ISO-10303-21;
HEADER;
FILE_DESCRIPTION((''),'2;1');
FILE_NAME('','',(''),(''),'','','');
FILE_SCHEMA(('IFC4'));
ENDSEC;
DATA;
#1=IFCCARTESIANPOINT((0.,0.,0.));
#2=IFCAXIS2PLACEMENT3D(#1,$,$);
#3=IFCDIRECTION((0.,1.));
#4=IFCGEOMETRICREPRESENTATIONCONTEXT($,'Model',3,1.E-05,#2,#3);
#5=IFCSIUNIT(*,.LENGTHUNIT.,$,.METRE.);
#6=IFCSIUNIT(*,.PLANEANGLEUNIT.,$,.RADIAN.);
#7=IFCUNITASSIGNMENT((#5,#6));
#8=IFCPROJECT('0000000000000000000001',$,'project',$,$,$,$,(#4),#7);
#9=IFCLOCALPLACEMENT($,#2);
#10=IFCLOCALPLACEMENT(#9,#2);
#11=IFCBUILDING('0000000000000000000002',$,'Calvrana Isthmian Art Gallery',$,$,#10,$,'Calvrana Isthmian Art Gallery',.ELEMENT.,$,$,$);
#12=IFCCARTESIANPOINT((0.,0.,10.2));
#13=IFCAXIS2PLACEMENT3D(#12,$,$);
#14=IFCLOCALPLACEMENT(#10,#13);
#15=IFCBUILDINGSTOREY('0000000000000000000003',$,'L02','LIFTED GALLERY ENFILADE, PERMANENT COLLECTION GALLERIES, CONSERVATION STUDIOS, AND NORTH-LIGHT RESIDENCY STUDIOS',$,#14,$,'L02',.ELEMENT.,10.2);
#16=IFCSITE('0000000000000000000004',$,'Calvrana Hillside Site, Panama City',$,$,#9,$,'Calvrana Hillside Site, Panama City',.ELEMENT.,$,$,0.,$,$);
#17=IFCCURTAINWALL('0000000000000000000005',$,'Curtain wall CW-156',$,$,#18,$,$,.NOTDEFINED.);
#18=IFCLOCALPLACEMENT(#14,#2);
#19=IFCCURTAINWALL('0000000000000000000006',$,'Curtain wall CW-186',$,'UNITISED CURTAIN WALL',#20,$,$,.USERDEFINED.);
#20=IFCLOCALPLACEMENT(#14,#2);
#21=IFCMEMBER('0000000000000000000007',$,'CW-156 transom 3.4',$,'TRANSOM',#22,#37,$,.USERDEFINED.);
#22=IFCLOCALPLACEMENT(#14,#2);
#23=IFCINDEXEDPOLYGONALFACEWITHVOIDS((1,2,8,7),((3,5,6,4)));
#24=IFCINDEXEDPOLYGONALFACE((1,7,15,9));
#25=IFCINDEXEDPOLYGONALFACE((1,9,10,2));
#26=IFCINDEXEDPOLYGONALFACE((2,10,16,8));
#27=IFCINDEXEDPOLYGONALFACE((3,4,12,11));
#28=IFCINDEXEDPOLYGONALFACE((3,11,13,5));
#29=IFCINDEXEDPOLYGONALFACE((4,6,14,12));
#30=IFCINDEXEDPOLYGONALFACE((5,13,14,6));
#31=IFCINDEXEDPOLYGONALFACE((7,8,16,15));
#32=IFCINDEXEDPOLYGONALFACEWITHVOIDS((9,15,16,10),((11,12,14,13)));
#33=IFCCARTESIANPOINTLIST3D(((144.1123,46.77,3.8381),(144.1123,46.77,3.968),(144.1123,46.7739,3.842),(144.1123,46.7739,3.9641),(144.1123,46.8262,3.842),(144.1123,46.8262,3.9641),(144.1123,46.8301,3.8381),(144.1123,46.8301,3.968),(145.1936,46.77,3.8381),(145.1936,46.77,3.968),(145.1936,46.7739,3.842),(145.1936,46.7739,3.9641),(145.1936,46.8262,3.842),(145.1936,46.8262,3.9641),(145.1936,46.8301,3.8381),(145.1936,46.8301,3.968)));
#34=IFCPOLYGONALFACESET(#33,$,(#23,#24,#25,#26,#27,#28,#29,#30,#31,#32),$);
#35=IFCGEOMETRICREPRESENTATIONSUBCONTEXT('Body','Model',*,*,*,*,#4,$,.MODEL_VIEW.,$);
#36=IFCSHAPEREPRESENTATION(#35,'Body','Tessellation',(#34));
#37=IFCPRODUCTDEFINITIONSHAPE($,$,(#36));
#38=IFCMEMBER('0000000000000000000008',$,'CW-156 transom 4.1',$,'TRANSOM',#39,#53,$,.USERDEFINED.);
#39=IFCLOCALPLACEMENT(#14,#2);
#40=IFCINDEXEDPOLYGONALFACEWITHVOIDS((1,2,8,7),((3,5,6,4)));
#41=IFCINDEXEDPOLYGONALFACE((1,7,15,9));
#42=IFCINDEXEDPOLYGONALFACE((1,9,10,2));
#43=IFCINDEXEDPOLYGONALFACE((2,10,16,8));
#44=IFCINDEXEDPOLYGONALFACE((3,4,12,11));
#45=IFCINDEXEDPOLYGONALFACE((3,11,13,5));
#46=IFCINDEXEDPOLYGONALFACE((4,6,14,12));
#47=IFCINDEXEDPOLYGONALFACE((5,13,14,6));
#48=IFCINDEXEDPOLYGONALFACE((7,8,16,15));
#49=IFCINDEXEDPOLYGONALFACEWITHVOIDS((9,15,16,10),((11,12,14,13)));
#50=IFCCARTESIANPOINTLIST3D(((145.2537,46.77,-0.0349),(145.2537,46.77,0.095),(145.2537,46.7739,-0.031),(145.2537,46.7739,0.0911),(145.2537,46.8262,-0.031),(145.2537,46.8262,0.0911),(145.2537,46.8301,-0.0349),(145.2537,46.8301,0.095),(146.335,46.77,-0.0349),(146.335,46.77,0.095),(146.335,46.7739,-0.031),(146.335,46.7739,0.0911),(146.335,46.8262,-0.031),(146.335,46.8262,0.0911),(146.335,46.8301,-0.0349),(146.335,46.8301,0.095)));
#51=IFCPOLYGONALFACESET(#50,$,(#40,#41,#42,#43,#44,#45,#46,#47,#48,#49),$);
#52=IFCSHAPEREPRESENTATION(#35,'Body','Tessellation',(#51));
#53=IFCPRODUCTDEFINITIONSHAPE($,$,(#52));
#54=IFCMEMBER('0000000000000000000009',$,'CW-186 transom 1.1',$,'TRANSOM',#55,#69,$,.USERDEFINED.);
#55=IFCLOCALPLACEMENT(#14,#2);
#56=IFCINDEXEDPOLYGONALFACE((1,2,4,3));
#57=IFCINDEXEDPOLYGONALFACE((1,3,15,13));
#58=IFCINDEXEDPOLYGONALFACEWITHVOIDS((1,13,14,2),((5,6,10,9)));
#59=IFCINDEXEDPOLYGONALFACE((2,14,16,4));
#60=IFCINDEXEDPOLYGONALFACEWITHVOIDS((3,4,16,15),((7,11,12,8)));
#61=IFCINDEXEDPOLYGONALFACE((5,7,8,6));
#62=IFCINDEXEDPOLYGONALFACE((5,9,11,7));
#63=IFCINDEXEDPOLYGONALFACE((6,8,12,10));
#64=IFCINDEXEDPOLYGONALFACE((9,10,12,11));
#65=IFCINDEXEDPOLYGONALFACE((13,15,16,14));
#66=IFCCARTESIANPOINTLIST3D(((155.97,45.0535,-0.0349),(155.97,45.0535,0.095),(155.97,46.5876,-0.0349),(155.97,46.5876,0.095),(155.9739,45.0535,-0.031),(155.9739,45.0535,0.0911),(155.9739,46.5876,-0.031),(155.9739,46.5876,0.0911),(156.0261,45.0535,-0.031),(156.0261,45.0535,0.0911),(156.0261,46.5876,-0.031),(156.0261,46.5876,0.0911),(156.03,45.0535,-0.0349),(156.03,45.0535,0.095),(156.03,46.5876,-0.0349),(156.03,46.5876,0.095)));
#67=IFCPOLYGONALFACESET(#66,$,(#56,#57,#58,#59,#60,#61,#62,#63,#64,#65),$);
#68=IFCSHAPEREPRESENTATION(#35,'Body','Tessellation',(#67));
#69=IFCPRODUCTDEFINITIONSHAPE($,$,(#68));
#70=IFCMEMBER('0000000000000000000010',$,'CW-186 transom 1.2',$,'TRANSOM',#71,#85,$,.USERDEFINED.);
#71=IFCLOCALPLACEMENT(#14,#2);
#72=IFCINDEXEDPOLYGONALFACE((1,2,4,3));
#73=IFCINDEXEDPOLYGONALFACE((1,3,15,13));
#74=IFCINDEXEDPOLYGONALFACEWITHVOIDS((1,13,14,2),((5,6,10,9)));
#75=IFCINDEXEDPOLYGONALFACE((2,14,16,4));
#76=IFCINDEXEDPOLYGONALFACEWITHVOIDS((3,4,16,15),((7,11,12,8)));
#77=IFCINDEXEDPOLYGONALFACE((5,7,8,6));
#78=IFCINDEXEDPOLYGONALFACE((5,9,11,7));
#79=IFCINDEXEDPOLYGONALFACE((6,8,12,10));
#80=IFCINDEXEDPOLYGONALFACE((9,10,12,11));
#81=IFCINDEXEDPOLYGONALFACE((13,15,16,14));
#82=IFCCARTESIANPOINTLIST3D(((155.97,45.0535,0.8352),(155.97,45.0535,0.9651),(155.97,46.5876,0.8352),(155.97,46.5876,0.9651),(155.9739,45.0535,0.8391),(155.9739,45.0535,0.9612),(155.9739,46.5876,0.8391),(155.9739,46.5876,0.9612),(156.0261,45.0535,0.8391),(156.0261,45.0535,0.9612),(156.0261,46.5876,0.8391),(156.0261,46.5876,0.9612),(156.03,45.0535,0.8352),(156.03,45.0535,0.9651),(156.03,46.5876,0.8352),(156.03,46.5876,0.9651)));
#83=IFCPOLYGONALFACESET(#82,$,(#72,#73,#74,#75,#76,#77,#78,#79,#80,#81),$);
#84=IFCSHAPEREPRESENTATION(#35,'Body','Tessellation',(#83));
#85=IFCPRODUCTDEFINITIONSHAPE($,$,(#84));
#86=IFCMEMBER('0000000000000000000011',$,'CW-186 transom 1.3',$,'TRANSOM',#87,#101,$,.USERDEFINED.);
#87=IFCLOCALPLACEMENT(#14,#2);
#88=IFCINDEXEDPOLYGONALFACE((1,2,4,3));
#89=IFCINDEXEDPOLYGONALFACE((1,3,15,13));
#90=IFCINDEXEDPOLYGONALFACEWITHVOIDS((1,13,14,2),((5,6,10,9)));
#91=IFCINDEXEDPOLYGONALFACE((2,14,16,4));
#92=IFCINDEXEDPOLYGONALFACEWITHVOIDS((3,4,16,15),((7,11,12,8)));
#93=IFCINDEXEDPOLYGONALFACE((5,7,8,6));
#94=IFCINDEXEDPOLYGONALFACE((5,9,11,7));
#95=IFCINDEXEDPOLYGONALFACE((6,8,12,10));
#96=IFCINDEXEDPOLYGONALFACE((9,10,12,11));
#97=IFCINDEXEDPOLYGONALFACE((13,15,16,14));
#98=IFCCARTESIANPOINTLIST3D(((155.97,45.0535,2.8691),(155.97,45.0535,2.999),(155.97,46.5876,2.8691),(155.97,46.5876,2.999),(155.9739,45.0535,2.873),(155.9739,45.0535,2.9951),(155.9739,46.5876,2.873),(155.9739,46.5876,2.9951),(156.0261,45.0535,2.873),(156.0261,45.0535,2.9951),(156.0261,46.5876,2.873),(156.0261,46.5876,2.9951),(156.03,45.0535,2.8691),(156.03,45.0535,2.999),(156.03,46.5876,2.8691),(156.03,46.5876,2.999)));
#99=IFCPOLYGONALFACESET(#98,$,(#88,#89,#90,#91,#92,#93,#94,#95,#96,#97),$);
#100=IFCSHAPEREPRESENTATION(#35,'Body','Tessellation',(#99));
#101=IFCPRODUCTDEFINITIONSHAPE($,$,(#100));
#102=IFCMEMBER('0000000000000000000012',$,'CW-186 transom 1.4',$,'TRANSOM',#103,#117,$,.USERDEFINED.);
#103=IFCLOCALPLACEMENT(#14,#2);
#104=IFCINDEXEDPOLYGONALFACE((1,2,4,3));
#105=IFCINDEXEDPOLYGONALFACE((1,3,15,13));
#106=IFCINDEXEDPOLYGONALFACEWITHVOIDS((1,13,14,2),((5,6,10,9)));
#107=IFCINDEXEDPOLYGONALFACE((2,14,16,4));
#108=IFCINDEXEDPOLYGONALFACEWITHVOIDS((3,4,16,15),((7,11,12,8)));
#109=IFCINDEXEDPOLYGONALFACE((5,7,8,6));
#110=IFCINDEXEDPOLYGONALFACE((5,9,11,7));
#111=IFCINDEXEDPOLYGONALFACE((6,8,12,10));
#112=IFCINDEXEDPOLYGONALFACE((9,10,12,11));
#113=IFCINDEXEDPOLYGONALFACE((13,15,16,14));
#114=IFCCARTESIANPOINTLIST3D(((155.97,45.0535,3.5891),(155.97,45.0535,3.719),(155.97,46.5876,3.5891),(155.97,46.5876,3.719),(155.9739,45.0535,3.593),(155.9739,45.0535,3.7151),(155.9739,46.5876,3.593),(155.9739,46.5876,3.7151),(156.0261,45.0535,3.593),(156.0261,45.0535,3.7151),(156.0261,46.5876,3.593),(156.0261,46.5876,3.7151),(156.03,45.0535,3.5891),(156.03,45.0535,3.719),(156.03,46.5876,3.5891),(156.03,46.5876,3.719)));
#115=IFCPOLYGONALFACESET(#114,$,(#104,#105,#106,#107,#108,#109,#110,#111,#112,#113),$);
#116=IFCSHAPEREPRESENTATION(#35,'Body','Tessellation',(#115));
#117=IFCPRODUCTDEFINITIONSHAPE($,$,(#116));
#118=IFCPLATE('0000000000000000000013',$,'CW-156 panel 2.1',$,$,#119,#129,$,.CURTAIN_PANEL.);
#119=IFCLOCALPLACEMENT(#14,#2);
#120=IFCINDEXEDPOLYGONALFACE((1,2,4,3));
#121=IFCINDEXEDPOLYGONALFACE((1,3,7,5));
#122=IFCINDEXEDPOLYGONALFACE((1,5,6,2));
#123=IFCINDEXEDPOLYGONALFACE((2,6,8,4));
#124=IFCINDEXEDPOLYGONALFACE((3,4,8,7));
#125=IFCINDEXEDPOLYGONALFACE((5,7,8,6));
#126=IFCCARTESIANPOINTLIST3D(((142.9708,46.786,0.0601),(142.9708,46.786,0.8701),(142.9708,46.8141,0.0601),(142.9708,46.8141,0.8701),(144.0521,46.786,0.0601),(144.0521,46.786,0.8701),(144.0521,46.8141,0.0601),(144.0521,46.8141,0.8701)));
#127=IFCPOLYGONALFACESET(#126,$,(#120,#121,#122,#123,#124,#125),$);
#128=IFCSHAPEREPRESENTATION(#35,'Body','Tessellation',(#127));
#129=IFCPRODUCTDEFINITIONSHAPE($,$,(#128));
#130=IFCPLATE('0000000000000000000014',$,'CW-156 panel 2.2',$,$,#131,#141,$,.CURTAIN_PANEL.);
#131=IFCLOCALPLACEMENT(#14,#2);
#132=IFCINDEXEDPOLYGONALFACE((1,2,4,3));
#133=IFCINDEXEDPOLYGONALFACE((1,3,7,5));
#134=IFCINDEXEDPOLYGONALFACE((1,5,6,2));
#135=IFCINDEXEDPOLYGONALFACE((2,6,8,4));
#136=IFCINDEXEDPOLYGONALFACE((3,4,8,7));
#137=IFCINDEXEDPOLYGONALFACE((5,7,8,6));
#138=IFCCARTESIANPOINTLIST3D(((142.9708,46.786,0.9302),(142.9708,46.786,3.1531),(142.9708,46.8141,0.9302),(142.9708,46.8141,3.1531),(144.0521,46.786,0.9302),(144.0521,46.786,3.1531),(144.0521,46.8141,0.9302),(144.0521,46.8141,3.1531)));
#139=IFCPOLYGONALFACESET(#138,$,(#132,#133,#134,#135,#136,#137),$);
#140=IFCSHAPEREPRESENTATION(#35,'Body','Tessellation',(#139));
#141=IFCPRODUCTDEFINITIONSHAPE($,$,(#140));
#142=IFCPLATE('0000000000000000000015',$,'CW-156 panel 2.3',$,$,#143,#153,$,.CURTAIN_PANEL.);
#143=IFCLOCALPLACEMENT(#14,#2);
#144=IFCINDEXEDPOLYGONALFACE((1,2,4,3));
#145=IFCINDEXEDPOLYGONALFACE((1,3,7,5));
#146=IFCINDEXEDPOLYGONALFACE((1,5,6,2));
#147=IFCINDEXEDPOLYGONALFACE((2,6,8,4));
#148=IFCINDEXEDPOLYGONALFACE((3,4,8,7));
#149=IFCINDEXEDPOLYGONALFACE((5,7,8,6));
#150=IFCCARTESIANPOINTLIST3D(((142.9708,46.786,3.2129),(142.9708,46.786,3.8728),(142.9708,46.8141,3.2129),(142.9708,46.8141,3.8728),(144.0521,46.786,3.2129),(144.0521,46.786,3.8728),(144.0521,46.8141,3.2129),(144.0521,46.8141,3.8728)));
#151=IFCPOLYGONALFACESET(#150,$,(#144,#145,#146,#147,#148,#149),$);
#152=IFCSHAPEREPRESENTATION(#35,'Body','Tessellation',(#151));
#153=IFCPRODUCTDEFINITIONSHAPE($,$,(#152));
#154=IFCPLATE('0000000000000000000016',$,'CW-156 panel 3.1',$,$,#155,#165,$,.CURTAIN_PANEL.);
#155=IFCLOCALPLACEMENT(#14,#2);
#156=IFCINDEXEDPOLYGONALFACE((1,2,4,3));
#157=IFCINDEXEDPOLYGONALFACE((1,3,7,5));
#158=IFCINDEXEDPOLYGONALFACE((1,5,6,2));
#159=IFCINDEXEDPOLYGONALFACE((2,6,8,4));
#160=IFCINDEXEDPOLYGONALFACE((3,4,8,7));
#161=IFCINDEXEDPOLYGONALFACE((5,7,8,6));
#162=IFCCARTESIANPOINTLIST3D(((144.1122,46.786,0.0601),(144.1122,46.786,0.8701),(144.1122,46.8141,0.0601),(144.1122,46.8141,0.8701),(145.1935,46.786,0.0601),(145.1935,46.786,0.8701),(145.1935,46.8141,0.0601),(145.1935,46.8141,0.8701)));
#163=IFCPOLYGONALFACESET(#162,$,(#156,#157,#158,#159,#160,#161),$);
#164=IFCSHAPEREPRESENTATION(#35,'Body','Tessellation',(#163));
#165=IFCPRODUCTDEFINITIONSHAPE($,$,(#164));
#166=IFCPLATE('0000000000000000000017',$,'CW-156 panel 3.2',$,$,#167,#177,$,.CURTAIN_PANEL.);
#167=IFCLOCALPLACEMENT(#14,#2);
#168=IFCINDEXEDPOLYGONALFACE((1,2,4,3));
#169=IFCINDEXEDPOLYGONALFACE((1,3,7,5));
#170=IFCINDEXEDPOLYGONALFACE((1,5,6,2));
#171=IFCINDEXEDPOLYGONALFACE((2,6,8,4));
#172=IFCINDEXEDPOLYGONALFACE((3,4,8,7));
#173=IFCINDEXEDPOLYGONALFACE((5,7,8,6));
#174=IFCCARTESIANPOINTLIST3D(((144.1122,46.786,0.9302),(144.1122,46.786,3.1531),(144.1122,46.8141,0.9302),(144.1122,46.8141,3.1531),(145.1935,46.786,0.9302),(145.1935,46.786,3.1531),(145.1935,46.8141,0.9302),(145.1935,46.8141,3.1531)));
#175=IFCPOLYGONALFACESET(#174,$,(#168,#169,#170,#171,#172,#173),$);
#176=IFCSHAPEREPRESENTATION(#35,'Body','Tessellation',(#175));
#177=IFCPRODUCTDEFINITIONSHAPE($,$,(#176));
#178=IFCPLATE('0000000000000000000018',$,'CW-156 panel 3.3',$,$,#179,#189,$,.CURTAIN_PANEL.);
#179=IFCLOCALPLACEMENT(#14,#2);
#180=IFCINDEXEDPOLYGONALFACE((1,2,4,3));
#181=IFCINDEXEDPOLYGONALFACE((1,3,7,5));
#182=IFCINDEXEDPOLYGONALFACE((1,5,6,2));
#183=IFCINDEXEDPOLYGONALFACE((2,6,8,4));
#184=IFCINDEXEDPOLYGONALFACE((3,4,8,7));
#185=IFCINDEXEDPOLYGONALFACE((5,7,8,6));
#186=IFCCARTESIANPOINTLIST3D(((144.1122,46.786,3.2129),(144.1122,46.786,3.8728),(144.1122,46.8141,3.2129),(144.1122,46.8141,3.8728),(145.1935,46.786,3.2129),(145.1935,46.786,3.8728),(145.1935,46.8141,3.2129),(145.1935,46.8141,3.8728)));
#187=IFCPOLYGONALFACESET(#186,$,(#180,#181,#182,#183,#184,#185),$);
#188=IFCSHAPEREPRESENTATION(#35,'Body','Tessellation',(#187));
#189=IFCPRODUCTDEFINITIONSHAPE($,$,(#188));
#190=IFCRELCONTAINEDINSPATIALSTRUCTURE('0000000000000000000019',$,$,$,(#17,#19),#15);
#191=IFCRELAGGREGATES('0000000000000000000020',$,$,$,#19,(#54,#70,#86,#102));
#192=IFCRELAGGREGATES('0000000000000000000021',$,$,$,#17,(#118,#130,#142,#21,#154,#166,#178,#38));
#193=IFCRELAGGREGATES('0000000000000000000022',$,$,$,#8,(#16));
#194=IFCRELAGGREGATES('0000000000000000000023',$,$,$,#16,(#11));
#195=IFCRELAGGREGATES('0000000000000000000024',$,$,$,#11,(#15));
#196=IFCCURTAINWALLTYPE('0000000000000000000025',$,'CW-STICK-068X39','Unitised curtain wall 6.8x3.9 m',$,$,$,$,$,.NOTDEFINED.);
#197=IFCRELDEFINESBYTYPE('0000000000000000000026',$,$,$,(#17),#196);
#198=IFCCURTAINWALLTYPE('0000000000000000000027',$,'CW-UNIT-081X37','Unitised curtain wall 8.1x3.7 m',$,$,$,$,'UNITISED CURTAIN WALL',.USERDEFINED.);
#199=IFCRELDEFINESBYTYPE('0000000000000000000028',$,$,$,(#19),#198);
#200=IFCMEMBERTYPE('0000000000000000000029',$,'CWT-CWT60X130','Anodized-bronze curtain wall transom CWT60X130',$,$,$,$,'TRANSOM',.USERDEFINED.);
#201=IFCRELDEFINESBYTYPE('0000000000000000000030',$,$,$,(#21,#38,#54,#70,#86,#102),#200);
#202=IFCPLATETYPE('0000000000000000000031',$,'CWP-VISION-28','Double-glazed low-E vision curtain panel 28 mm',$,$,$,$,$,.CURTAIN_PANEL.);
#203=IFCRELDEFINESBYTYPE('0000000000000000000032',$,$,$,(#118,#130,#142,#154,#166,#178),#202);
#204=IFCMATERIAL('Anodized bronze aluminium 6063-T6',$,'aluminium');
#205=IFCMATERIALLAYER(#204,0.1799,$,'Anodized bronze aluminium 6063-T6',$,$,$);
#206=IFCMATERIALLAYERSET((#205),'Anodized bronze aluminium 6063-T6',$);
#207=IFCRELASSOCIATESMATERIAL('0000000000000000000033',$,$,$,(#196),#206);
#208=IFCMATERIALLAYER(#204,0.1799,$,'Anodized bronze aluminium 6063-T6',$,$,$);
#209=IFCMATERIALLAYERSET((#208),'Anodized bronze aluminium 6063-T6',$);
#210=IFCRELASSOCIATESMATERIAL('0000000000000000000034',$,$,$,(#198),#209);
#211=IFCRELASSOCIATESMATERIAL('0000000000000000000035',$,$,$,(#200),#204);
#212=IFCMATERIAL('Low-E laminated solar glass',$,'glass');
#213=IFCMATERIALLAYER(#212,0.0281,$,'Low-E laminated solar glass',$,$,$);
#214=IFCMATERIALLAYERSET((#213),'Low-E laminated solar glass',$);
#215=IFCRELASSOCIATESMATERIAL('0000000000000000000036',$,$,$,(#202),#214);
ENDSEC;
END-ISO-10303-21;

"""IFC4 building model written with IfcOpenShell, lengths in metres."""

from ifc_helpers import new_model, si_unit, direction, frame, origin, origin_2d, place, context, subcontext, project, spatial, rectangle, hollow_rectangle, extrude, material, layer, layer_set, material_profile, profile_set, type_object, element, aggregate, save


model = new_model("IFC4")

# Units and contexts
model_context = context("Model", 3, precision=1e-05, world=origin(), true_north=direction((0.0, 1.0)))
body_context = subcontext(model_context, "Body", "Model", "MODEL_VIEW")
ifc_project = project(units=[si_unit("LENGTHUNIT", "METRE"), si_unit("PLANEANGLEUNIT", "RADIAN")], contexts=[model_context])

# Site, building, storey
site_placement = place(None, origin())
site = spatial("IfcSite", under=ifc_project, at=site_placement, Name="Calvrana Hillside Site, Panama City", LongName="Calvrana Hillside Site, Panama City", CompositionType="ELEMENT", RefElevation=0.0)
building_placement = place(site_placement, origin())
building = spatial("IfcBuilding", under=site, at=building_placement, Name="Calvrana Isthmian Art Gallery", LongName="Calvrana Isthmian Art Gallery", CompositionType="ELEMENT")
storey_placement = place(building_placement, frame((0.0, 0.0, 10.2)))
storey = spatial("IfcBuildingStorey", under=building, at=storey_placement, Name="L02", Description="LIFTED GALLERY ENFILADE, PERMANENT COLLECTION GALLERIES, CONSERVATION STUDIOS, AND NORTH-LIGHT RESIDENCY STUDIOS", LongName="L02", CompositionType="ELEMENT", Elevation=10.2)

# Curtain wall
ifc_material_1 = material(Name="Anodized bronze aluminium 6063-T6", Category="aluminium")
ifc_layer_1 = layer(ifc_material_1, 0.1799, Name="Anodized bronze aluminium 6063-T6")
ifc_layer_set_1 = layer_set([ifc_layer_1], Name="Anodized bronze aluminium 6063-T6")
curtain_wall_type_1 = type_object("IfcCurtainWallType", Name="CW-STICK-068X39", Description="Unitised curtain wall 6.8x3.9 m", PredefinedType="NOTDEFINED", material=ifc_layer_set_1)
curtain_wall_1_placement = place(storey_placement, origin())
curtain_wall_1 = element("IfcCurtainWall", 1, at=curtain_wall_1_placement, inside=storey, type_object=curtain_wall_type_1, Name="Curtain wall CW-156", PredefinedType="NOTDEFINED")

# Curtain wall
ifc_layer_2 = layer(ifc_material_1, 0.1799, Name="Anodized bronze aluminium 6063-T6")
ifc_layer_set_2 = layer_set([ifc_layer_2], Name="Anodized bronze aluminium 6063-T6")
curtain_wall_type_2 = type_object("IfcCurtainWallType", Name="CW-UNIT-081X37", Description="Unitised curtain wall 8.1x3.7 m", ElementType="UNITISED CURTAIN WALL", PredefinedType="USERDEFINED", material=ifc_layer_set_2)
curtain_wall_2_placement = place(storey_placement, origin())
curtain_wall_2 = element("IfcCurtainWall", 2, at=curtain_wall_2_placement, inside=storey, type_object=curtain_wall_type_2, Name="Curtain wall CW-186", ObjectType="UNITISED CURTAIN WALL", PredefinedType="USERDEFINED")

# Members
ifc_material_profile_1 = material_profile(ifc_material_1, hollow_rectangle(XDim=0.0601, YDim=0.1299, WallThickness=0.0039, at=origin_2d()), Name="CWT60X130")
ifc_profile_set_1 = profile_set([ifc_material_profile_1], Name="Anodized bronze aluminium 6063-T6")
member_type_1 = type_object("IfcMemberType", Name="CWT-CWT60X130", Description="Anodized-bronze curtain wall transom CWT60X130", ElementType="TRANSOM", PredefinedType="USERDEFINED", material=ifc_profile_set_1)
member_1_placement = place(storey_placement, frame((144.1123, 46.8, 3.9031), z_axis=(1.0, 0.0, 0.0), x_axis=(0.0, 1.0, 0.0)))
member_1 = element("IfcMember", 3, at=member_1_placement, type_object=member_type_1, Name="CW-156 transom 3.4", ObjectType="TRANSOM", PredefinedType="USERDEFINED", context=body_context, shape_type="SweptSolid", body=[
    extrude(hollow_rectangle(XDim=0.0601, YDim=0.1299, WallThickness=0.0039, at=origin_2d()), origin(), (0.0, 0.0, 1.0), 1.0813),
])
member_2_placement = place(storey_placement, frame((145.2537, 46.8, 0.03), z_axis=(1.0, 0.0, 0.0), x_axis=(0.0, 1.0, 0.0)))
member_2 = element("IfcMember", 4, at=member_2_placement, type_object=member_type_1, Name="CW-156 transom 4.1", ObjectType="TRANSOM", PredefinedType="USERDEFINED", context=body_context, shape_type="SweptSolid", body=[
    extrude(hollow_rectangle(XDim=0.0601, YDim=0.1299, WallThickness=0.0039, at=origin_2d()), origin(), (0.0, 0.0, 1.0), 1.0813),
])
member_3_placement = place(storey_placement, frame((156.0, 46.5876, 0.03), z_axis=(0.0, -1.0, 0.0), x_axis=(1.0, 0.0, 0.0)))
member_3 = element("IfcMember", 5, at=member_3_placement, type_object=member_type_1, Name="CW-186 transom 1.1", ObjectType="TRANSOM", PredefinedType="USERDEFINED", context=body_context, shape_type="SweptSolid", body=[
    extrude(hollow_rectangle(XDim=0.0601, YDim=0.1299, WallThickness=0.0039, at=origin_2d()), origin(), (0.0, 0.0, 1.0), 1.5342),
])
member_4_placement = place(storey_placement, frame((156.0, 46.5876, 0.9001), z_axis=(0.0, -1.0, 0.0), x_axis=(1.0, 0.0, 0.0)))
member_4 = element("IfcMember", 6, at=member_4_placement, type_object=member_type_1, Name="CW-186 transom 1.2", ObjectType="TRANSOM", PredefinedType="USERDEFINED", context=body_context, shape_type="SweptSolid", body=[
    extrude(hollow_rectangle(XDim=0.0601, YDim=0.1299, WallThickness=0.0039, at=origin_2d()), origin(), (0.0, 0.0, 1.0), 1.5342),
])
member_5_placement = place(storey_placement, frame((156.0, 46.5876, 2.9341), z_axis=(0.0, -1.0, 0.0), x_axis=(1.0, 0.0, 0.0)))
member_5 = element("IfcMember", 7, at=member_5_placement, type_object=member_type_1, Name="CW-186 transom 1.3", ObjectType="TRANSOM", PredefinedType="USERDEFINED", context=body_context, shape_type="SweptSolid", body=[
    extrude(hollow_rectangle(XDim=0.0601, YDim=0.1299, WallThickness=0.0039, at=origin_2d()), origin(), (0.0, 0.0, 1.0), 1.5342),
])
member_6_placement = place(storey_placement, frame((156.0, 46.5876, 3.6541), z_axis=(0.0, -1.0, 0.0), x_axis=(1.0, 0.0, 0.0)))
member_6 = element("IfcMember", 8, at=member_6_placement, type_object=member_type_1, Name="CW-186 transom 1.4", ObjectType="TRANSOM", PredefinedType="USERDEFINED", context=body_context, shape_type="SweptSolid", body=[
    extrude(hollow_rectangle(XDim=0.0601, YDim=0.1299, WallThickness=0.0039, at=origin_2d()), origin(), (0.0, 0.0, 1.0), 1.5342),
])
aggregate(curtain_wall_2, [member_3, member_4, member_5, member_6])

# Plates
ifc_material_2 = material(Name="Low-E laminated solar glass", Category="glass")
ifc_layer_3 = layer(ifc_material_2, 0.0281, Name="Low-E laminated solar glass")
ifc_layer_set_3 = layer_set([ifc_layer_3], Name="Low-E laminated solar glass")
plate_type = type_object("IfcPlateType", Name="CWP-VISION-28", Description="Double-glazed low-E vision curtain panel 28 mm", PredefinedType="CURTAIN_PANEL", material=ifc_layer_set_3)
plate_1_placement = place(storey_placement, frame((143.5115, 46.8, 0.0601), z_axis=(0.0, 0.0, 1.0), x_axis=(1.0, 0.0, 0.0)))
plate_1 = element("IfcPlate", 9, at=plate_1_placement, type_object=plate_type, Name="CW-156 panel 2.1", PredefinedType="CURTAIN_PANEL", context=body_context, shape_type="SweptSolid", body=[
    extrude(rectangle(XDim=1.0813, YDim=0.0281, at=origin_2d()), origin(), (0.0, 0.0, 1.0), 0.8101),
])
plate_2_placement = place(storey_placement, frame((143.5115, 46.8, 0.9302), z_axis=(0.0, 0.0, 1.0), x_axis=(1.0, 0.0, 0.0)))
plate_2 = element("IfcPlate", 10, at=plate_2_placement, type_object=plate_type, Name="CW-156 panel 2.2", PredefinedType="CURTAIN_PANEL", context=body_context, shape_type="SweptSolid", body=[
    extrude(rectangle(XDim=1.0813, YDim=0.0281, at=origin_2d()), origin(), (0.0, 0.0, 1.0), 2.2229),
])
plate_3_placement = place(storey_placement, frame((143.5115, 46.8, 3.2129), z_axis=(0.0, 0.0, 1.0), x_axis=(1.0, 0.0, 0.0)))
plate_3 = element("IfcPlate", 11, at=plate_3_placement, type_object=plate_type, Name="CW-156 panel 2.3", PredefinedType="CURTAIN_PANEL", context=body_context, shape_type="SweptSolid", body=[
    extrude(rectangle(XDim=1.0813, YDim=0.0281, at=origin_2d()), origin(), (0.0, 0.0, 1.0), 0.6599),
])
plate_4_placement = place(storey_placement, frame((144.6528, 46.8, 0.0601), z_axis=(0.0, 0.0, 1.0), x_axis=(1.0, 0.0, 0.0)))
plate_4 = element("IfcPlate", 12, at=plate_4_placement, type_object=plate_type, Name="CW-156 panel 3.1", PredefinedType="CURTAIN_PANEL", context=body_context, shape_type="SweptSolid", body=[
    extrude(rectangle(XDim=1.0813, YDim=0.0281, at=origin_2d()), origin(), (0.0, 0.0, 1.0), 0.8101),
])
plate_5_placement = place(storey_placement, frame((144.6528, 46.8, 0.9302), z_axis=(0.0, 0.0, 1.0), x_axis=(1.0, 0.0, 0.0)))
plate_5 = element("IfcPlate", 13, at=plate_5_placement, type_object=plate_type, Name="CW-156 panel 3.2", PredefinedType="CURTAIN_PANEL", context=body_context, shape_type="SweptSolid", body=[
    extrude(rectangle(XDim=1.0813, YDim=0.0281, at=origin_2d()), origin(), (0.0, 0.0, 1.0), 2.2229),
])
plate_6_placement = place(storey_placement, frame((144.6528, 46.8, 3.2129), z_axis=(0.0, 0.0, 1.0), x_axis=(1.0, 0.0, 0.0)))
plate_6 = element("IfcPlate", 14, at=plate_6_placement, type_object=plate_type, Name="CW-156 panel 3.3", PredefinedType="CURTAIN_PANEL", context=body_context, shape_type="SweptSolid", body=[
    extrude(rectangle(XDim=1.0813, YDim=0.0281, at=origin_2d()), origin(), (0.0, 0.0, 1.0), 0.6599),
])
aggregate(curtain_wall_1, [plate_1, plate_2, plate_3, member_1, plate_4, plate_5, plate_6, member_2])

save(model, "model.ifc")
